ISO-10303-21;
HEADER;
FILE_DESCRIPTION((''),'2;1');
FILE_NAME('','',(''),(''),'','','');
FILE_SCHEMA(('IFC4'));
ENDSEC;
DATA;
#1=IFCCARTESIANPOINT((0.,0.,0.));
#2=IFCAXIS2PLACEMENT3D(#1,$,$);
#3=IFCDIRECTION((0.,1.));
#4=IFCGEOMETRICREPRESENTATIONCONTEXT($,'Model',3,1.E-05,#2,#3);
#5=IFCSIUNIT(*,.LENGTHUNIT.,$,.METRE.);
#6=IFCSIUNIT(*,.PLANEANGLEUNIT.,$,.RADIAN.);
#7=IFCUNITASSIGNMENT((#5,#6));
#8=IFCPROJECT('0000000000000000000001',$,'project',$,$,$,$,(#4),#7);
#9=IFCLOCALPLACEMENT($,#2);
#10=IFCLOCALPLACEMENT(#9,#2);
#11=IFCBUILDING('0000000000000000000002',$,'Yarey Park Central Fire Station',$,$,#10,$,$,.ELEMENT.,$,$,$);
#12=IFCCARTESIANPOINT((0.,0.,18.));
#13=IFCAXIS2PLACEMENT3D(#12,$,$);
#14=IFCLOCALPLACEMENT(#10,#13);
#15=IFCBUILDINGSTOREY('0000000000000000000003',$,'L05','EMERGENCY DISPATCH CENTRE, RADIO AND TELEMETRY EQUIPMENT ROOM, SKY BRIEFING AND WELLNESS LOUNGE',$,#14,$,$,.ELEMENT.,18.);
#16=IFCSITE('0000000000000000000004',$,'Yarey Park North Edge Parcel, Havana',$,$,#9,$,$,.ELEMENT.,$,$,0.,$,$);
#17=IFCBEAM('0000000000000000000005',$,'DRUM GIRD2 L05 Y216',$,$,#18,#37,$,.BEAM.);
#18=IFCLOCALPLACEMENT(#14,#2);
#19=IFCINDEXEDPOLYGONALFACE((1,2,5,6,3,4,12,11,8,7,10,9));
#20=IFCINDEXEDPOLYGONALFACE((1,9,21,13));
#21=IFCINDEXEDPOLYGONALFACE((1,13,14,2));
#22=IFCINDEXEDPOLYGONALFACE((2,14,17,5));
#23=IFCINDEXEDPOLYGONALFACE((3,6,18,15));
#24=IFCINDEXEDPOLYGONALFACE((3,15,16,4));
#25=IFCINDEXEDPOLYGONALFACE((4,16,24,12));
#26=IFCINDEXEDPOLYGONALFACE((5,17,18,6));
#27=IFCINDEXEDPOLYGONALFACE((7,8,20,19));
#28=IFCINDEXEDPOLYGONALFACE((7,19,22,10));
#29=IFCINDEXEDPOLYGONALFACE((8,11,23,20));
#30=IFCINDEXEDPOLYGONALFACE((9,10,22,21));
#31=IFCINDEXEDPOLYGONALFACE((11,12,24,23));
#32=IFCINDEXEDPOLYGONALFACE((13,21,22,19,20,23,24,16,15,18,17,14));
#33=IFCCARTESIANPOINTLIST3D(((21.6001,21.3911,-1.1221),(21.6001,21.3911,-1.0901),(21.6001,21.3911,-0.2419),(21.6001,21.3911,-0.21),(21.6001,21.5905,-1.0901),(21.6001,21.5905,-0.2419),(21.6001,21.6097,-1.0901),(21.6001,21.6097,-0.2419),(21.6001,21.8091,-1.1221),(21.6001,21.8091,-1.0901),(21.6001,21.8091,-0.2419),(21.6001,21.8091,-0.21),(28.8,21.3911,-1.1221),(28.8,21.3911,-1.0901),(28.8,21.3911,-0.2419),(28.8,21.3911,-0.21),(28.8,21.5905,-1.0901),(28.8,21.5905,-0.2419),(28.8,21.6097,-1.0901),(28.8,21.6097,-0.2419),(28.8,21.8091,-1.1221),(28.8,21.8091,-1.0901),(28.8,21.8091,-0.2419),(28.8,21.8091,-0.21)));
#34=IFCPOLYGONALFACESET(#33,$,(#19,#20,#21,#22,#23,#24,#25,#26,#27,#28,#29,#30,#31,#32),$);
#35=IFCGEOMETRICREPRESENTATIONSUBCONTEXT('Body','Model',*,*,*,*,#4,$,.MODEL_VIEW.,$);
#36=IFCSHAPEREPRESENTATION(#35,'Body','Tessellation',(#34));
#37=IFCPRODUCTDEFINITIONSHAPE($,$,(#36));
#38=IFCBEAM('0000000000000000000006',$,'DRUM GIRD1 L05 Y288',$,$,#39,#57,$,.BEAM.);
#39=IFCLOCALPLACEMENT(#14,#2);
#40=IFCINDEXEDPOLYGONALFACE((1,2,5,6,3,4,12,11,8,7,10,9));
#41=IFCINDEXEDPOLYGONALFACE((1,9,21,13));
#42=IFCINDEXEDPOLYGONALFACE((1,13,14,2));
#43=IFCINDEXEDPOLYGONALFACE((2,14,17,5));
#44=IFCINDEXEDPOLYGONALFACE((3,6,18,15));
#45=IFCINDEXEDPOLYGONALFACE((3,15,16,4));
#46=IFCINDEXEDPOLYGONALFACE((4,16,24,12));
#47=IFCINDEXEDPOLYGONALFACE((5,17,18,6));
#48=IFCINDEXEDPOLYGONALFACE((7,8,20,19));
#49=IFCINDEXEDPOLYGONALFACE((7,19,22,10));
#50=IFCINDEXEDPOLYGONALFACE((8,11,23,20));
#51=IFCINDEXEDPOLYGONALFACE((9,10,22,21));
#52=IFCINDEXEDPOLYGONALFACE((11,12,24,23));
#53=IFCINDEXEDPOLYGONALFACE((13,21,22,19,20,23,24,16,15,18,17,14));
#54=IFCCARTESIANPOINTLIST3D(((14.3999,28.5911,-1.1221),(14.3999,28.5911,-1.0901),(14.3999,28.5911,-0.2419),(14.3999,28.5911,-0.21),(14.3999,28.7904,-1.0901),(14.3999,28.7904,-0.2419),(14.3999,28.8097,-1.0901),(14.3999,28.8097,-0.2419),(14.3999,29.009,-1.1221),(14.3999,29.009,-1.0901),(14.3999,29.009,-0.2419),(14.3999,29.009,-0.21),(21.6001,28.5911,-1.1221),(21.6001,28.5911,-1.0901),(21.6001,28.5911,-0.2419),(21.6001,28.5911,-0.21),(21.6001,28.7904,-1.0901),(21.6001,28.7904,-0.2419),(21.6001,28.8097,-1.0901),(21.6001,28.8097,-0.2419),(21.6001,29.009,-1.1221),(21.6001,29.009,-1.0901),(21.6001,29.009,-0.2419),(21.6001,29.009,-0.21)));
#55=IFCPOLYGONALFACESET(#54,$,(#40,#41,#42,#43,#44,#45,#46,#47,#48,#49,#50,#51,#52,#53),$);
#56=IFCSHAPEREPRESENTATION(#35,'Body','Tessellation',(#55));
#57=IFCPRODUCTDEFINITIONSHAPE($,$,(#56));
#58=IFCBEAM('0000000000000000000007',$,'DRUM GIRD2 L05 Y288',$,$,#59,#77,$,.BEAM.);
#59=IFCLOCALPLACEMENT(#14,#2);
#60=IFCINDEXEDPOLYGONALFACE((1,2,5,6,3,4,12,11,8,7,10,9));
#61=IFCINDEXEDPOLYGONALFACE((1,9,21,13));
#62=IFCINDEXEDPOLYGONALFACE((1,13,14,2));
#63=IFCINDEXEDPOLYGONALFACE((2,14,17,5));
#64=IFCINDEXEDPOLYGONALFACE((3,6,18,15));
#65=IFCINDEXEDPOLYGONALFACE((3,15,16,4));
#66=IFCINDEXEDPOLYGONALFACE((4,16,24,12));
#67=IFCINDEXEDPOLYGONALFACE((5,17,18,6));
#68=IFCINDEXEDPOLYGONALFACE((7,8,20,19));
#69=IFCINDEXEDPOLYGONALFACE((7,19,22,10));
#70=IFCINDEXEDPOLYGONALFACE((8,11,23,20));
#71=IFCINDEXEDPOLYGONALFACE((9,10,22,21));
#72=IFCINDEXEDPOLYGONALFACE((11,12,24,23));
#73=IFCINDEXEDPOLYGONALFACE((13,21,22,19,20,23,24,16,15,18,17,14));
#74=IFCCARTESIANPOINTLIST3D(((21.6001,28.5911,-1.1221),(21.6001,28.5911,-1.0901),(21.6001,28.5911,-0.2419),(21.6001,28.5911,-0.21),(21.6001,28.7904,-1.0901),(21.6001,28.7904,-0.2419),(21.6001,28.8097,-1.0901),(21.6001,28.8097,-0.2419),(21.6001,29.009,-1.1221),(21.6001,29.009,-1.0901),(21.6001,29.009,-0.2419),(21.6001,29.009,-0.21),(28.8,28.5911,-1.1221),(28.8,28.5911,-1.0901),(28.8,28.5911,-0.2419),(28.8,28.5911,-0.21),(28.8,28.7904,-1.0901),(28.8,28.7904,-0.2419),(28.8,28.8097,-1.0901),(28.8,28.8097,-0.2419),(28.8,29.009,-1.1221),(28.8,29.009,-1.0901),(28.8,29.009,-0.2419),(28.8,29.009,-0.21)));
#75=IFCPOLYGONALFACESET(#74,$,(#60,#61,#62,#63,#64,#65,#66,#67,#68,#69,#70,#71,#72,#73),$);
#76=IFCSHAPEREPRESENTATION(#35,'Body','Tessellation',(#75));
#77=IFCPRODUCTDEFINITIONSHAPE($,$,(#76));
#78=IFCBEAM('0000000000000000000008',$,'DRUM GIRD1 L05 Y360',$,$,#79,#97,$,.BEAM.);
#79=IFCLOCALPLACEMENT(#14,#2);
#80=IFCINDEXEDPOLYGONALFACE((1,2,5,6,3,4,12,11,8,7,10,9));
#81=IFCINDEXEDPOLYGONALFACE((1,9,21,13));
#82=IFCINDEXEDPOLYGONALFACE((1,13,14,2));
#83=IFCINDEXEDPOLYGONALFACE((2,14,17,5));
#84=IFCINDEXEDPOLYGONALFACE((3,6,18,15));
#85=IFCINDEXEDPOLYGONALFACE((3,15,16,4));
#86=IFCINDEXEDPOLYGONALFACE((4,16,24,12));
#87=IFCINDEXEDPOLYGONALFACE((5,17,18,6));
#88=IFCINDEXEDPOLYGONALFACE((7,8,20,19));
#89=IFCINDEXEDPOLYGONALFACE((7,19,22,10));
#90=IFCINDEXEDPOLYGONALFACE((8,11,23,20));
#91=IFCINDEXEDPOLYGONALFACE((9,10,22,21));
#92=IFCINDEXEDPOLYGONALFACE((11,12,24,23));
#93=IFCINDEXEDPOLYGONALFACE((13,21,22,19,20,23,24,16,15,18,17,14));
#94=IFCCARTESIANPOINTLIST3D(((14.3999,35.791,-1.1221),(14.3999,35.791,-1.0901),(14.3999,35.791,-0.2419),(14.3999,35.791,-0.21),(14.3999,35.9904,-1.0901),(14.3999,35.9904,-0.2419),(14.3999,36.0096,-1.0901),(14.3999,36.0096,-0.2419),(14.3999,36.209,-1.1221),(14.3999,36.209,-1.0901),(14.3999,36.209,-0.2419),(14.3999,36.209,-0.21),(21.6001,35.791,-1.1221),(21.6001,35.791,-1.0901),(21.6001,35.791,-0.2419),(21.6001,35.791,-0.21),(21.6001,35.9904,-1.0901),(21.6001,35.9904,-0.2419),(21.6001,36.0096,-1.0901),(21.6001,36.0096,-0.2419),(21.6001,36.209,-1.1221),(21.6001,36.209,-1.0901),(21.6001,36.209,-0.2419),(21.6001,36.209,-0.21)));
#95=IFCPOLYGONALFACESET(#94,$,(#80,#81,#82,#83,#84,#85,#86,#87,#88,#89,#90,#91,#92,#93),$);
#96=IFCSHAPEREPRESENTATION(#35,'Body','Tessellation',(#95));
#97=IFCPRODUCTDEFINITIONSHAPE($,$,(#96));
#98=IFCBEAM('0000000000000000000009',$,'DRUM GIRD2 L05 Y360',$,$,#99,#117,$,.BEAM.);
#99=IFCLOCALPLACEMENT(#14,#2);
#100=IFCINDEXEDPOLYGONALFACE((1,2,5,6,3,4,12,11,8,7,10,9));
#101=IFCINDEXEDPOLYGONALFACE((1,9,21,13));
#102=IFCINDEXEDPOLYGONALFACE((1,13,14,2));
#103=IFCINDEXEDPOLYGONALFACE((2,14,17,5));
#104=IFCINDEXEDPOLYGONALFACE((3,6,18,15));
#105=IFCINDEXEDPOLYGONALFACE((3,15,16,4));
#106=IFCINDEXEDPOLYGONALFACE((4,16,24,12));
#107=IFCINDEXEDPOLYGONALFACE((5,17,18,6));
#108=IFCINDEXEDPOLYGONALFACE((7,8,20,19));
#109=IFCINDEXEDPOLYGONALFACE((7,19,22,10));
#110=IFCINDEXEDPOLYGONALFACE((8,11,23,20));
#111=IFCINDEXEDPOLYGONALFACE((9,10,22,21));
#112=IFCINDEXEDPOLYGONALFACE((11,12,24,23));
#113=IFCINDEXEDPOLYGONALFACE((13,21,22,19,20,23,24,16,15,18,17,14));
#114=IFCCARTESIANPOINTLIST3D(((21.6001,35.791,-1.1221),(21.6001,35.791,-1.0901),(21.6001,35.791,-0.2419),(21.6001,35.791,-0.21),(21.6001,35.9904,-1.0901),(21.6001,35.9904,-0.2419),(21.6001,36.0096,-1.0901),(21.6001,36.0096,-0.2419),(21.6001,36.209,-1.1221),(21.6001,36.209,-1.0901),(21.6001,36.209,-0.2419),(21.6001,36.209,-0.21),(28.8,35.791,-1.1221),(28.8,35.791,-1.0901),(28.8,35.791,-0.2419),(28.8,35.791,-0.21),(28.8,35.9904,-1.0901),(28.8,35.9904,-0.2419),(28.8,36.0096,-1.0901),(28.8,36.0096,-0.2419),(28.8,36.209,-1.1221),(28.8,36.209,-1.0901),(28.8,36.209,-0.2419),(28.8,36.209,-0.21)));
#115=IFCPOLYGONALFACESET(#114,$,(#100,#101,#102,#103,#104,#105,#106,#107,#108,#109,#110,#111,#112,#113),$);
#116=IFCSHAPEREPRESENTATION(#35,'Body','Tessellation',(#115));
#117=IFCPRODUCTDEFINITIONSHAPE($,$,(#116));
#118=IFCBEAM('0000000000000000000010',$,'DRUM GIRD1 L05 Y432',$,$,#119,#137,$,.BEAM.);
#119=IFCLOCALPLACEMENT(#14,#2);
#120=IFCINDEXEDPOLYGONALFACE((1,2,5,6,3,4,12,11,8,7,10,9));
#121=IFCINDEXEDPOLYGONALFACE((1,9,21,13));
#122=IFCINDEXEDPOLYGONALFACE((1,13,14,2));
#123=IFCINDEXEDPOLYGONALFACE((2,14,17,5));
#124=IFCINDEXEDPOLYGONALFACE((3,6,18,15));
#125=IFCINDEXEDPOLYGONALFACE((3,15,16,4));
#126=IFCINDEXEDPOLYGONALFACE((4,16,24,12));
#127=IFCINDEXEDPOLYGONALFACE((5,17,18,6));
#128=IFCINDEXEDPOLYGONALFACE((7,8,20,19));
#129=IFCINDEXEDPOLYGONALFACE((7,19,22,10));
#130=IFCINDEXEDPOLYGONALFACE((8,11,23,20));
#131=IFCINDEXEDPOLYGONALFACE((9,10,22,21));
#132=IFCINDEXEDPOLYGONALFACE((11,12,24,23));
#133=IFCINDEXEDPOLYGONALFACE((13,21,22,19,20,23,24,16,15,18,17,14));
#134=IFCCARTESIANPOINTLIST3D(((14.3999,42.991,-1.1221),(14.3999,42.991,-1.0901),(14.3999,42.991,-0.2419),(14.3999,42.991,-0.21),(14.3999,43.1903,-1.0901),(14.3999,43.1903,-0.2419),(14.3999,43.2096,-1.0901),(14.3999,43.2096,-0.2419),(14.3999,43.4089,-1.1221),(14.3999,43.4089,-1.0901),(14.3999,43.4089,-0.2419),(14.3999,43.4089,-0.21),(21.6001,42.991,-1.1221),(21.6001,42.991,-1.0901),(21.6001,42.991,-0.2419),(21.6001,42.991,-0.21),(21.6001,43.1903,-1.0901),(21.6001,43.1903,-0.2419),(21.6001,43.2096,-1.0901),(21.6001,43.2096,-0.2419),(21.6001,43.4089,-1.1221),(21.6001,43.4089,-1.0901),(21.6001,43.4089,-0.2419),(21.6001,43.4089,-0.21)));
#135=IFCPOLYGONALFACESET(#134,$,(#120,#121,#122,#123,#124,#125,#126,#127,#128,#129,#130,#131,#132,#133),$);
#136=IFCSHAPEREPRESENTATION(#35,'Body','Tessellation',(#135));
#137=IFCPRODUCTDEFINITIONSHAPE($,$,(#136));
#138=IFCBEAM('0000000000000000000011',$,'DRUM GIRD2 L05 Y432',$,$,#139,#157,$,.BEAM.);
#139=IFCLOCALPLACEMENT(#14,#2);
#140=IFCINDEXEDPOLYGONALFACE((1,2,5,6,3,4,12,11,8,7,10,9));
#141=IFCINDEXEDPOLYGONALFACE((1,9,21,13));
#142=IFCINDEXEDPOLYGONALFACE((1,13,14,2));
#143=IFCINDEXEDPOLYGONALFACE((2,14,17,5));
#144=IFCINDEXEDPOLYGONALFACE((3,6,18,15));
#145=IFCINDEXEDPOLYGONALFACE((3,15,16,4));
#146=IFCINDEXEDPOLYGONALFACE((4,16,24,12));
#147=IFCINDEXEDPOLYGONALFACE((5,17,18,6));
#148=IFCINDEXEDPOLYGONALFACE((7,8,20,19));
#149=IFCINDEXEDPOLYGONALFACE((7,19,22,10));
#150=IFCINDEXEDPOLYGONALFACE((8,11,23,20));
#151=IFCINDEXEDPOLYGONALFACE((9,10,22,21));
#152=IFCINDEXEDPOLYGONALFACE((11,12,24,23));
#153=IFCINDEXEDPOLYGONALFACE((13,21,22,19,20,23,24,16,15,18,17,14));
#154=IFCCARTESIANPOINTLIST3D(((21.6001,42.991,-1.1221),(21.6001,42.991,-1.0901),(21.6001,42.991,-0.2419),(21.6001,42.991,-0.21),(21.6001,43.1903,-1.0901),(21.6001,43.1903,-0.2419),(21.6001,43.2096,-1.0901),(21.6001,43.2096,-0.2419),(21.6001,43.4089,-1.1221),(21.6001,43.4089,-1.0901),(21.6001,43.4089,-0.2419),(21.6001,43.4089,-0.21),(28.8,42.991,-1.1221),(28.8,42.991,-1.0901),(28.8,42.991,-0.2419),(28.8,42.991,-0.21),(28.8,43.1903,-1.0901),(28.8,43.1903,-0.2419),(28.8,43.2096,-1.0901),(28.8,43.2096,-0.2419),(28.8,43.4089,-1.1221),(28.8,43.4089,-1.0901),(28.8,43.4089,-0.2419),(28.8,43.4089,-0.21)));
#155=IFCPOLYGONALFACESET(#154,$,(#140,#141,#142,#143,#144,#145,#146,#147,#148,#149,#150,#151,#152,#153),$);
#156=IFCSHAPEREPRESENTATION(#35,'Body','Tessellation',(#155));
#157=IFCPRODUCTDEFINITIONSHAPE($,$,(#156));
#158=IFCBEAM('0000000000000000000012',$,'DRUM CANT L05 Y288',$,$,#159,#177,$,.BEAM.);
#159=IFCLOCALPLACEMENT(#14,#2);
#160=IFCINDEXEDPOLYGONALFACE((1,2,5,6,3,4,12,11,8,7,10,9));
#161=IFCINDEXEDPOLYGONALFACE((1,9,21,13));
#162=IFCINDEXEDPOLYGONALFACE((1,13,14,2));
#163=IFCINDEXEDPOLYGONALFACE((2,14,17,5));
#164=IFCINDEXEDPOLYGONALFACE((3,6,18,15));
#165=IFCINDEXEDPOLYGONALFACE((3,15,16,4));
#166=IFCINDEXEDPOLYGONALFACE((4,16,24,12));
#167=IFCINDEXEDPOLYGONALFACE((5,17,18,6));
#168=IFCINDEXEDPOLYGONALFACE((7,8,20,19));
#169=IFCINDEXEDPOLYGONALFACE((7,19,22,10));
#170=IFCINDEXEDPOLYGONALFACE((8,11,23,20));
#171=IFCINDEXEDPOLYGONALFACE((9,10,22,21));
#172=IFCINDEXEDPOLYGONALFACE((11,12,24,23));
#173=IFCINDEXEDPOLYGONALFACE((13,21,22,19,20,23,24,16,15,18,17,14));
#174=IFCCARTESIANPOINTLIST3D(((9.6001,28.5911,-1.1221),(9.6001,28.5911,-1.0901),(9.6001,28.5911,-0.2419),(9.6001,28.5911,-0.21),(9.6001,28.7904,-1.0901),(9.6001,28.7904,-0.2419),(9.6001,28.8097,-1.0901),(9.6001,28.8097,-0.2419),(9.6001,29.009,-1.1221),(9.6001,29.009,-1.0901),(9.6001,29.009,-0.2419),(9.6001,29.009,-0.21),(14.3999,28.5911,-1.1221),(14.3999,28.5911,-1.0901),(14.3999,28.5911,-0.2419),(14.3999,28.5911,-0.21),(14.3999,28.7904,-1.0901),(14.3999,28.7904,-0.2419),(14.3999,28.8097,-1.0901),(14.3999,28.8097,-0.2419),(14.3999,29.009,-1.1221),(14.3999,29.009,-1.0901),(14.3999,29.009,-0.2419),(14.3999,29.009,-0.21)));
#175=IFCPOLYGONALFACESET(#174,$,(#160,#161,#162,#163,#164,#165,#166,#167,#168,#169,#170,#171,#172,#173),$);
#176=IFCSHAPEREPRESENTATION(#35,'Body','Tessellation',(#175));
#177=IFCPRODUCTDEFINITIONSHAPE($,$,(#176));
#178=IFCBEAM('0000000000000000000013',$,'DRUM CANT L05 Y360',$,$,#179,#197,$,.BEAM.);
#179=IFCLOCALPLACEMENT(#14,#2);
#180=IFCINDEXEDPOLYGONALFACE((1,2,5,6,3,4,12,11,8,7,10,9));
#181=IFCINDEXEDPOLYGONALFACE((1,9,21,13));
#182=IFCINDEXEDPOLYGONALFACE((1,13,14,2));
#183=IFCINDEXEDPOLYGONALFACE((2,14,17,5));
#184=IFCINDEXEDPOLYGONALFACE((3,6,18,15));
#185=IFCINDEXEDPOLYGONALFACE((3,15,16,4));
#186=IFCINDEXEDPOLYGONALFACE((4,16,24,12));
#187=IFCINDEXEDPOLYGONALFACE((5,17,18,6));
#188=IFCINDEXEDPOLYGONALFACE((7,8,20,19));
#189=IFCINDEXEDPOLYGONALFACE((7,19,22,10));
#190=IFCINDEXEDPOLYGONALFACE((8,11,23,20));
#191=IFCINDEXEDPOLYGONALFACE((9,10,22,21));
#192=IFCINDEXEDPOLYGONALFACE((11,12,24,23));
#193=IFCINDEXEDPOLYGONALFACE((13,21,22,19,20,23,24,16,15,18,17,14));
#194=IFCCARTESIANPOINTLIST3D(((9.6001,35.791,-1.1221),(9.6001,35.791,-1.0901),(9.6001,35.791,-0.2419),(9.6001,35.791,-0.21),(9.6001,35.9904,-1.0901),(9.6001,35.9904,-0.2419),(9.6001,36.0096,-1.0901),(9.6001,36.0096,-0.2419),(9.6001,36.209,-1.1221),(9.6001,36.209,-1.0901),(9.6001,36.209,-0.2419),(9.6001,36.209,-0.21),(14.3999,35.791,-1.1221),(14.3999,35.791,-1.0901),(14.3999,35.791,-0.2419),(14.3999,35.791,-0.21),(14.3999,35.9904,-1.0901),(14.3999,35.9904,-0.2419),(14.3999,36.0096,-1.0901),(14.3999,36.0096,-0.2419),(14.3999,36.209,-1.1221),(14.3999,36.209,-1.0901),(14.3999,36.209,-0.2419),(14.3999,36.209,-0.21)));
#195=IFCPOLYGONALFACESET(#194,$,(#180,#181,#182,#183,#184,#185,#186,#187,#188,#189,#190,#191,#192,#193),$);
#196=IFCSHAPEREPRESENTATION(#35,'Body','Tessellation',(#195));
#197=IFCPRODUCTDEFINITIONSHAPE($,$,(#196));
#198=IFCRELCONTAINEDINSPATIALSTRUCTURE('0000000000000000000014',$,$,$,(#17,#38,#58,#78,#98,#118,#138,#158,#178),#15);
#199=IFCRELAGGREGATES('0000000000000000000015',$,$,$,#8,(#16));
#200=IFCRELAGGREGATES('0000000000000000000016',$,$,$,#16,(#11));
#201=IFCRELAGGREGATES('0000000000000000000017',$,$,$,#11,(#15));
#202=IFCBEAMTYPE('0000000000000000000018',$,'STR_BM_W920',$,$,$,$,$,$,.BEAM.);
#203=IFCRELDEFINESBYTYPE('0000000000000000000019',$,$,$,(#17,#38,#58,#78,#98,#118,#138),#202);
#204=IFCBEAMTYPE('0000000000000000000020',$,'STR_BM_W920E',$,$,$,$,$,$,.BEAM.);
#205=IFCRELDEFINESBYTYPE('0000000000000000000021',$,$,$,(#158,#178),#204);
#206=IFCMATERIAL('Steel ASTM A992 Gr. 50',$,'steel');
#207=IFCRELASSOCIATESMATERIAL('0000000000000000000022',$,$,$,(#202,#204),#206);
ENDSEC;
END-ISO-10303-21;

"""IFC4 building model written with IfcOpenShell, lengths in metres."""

from ifc_helpers import new_model, si_unit, direction, frame, origin, origin_2d, place, context, subcontext, project, spatial, i_section, extrude, material, material_profile, profile_set, type_object, element, save


model = new_model("IFC4")

# Units and contexts
model_context = context("Model", 3, precision=1e-05, world=origin(), true_north=direction((0.0, 1.0)))
body_context = subcontext(model_context, "Body", "Model", "MODEL_VIEW")
ifc_project = project(units=[si_unit("LENGTHUNIT", "METRE"), si_unit("PLANEANGLEUNIT", "RADIAN")], contexts=[model_context])

# Site, building, storey
site_placement = place(None, origin())
site = spatial("IfcSite", under=ifc_project, at=site_placement, Name="Yarey Park North Edge Parcel, Havana", CompositionType="ELEMENT", RefElevation=0.0)
building_placement = place(site_placement, origin())
building = spatial("IfcBuilding", under=site, at=building_placement, Name="Yarey Park Central Fire Station", CompositionType="ELEMENT")
storey_placement = place(building_placement, frame((0.0, 0.0, 18.0)))
storey = spatial("IfcBuildingStorey", under=building, at=storey_placement, Name="L05", Description="EMERGENCY DISPATCH CENTRE, RADIO AND TELEMETRY EQUIPMENT ROOM, SKY BRIEFING AND WELLNESS LOUNGE", CompositionType="ELEMENT", Elevation=18.0)

# Beams
ifc_material_1 = material(Name="Steel ASTM A992 Gr. 50", Category="steel")
ifc_material_profile_1 = material_profile(ifc_material_1, i_section(OverallWidth=0.418, OverallDepth=0.9121, WebThickness=0.0193, FlangeThickness=0.032, at=origin_2d()), Name="W920x342")
ifc_profile_set_1 = profile_set([ifc_material_profile_1], Name="Steel ASTM A992 Gr. 50")
beam_type_1 = type_object("IfcBeamType", Name="STR_BM_W920", PredefinedType="BEAM", material=ifc_profile_set_1)
beam_1_placement = place(storey_placement, frame((21.6001, 21.6001, -0.666), z_axis=(1.0, 0.0, 0.0), x_axis=(0.0, 1.0, 0.0)))
element("IfcBeam", 1, at=beam_1_placement, inside=storey, type_object=beam_type_1, Name="DRUM GIRD2 L05 Y216", PredefinedType="BEAM", context=body_context, shape_type="SweptSolid", body=[
    extrude(i_section(OverallWidth=0.418, OverallDepth=0.9121, WebThickness=0.0193, FlangeThickness=0.032, at=origin_2d()), origin(), (0.0, 0.0, 1.0), 7.2),
])
beam_2_placement = place(storey_placement, frame((14.3999, 28.8, -0.666), z_axis=(1.0, 0.0, 0.0), x_axis=(0.0, 1.0, 0.0)))
element("IfcBeam", 2, at=beam_2_placement, inside=storey, type_object=beam_type_1, Name="DRUM GIRD1 L05 Y288", PredefinedType="BEAM", context=body_context, shape_type="SweptSolid", body=[
    extrude(i_section(OverallWidth=0.418, OverallDepth=0.9121, WebThickness=0.0193, FlangeThickness=0.032, at=origin_2d()), origin(), (0.0, 0.0, 1.0), 7.2002),
])
beam_3_placement = place(storey_placement, frame((21.6001, 28.8, -0.666), z_axis=(1.0, 0.0, 0.0), x_axis=(0.0, 1.0, 0.0)))
element("IfcBeam", 3, at=beam_3_placement, inside=storey, type_object=beam_type_1, Name="DRUM GIRD2 L05 Y288", PredefinedType="BEAM", context=body_context, shape_type="SweptSolid", body=[
    extrude(i_section(OverallWidth=0.418, OverallDepth=0.9121, WebThickness=0.0193, FlangeThickness=0.032, at=origin_2d()), origin(), (0.0, 0.0, 1.0), 7.2),
])
beam_4_placement = place(storey_placement, frame((14.3999, 36.0, -0.666), z_axis=(1.0, 0.0, 0.0), x_axis=(0.0, 1.0, 0.0)))
element("IfcBeam", 4, at=beam_4_placement, inside=storey, type_object=beam_type_1, Name="DRUM GIRD1 L05 Y360", PredefinedType="BEAM", context=body_context, shape_type="SweptSolid", body=[
    extrude(i_section(OverallWidth=0.418, OverallDepth=0.9121, WebThickness=0.0193, FlangeThickness=0.032, at=origin_2d()), origin(), (0.0, 0.0, 1.0), 7.2002),
])
beam_5_placement = place(storey_placement, frame((21.6001, 36.0, -0.666), z_axis=(1.0, 0.0, 0.0), x_axis=(0.0, 1.0, 0.0)))
element("IfcBeam", 5, at=beam_5_placement, inside=storey, type_object=beam_type_1, Name="DRUM GIRD2 L05 Y360", PredefinedType="BEAM", context=body_context, shape_type="SweptSolid", body=[
    extrude(i_section(OverallWidth=0.418, OverallDepth=0.9121, WebThickness=0.0193, FlangeThickness=0.032, at=origin_2d()), origin(), (0.0, 0.0, 1.0), 7.2),
])
beam_6_placement = place(storey_placement, frame((14.3999, 43.2, -0.666), z_axis=(1.0, 0.0, 0.0), x_axis=(0.0, 1.0, 0.0)))
element("IfcBeam", 6, at=beam_6_placement, inside=storey, type_object=beam_type_1, Name="DRUM GIRD1 L05 Y432", PredefinedType="BEAM", context=body_context, shape_type="SweptSolid", body=[
    extrude(i_section(OverallWidth=0.418, OverallDepth=0.9121, WebThickness=0.0193, FlangeThickness=0.032, at=origin_2d()), origin(), (0.0, 0.0, 1.0), 7.2002),
])
beam_7_placement = place(storey_placement, frame((21.6001, 43.2, -0.666), z_axis=(1.0, 0.0, 0.0), x_axis=(0.0, 1.0, 0.0)))
element("IfcBeam", 7, at=beam_7_placement, inside=storey, type_object=beam_type_1, Name="DRUM GIRD2 L05 Y432", PredefinedType="BEAM", context=body_context, shape_type="SweptSolid", body=[
    extrude(i_section(OverallWidth=0.418, OverallDepth=0.9121, WebThickness=0.0193, FlangeThickness=0.032, at=origin_2d()), origin(), (0.0, 0.0, 1.0), 7.2),
])
ifc_material_profile_2 = material_profile(ifc_material_1, i_section(OverallWidth=0.418, OverallDepth=0.9121, WebThickness=0.0193, FlangeThickness=0.032, at=origin_2d()), Name="W920x342")
ifc_profile_set_2 = profile_set([ifc_material_profile_2], Name="Steel ASTM A992 Gr. 50")
beam_type_2 = type_object("IfcBeamType", Name="STR_BM_W920E", PredefinedType="BEAM", material=ifc_profile_set_2)
for number, where, z_axis, x_axis, name in (
    (8, (9.6001, 28.8, -0.666), (1.0, 0.0, 0.0), (0.0, 1.0, 0.0), "DRUM CANT L05 Y288"),
    (9, (9.6001, 36.0, -0.666), (1.0, 0.0, 0.0), (0.0, 1.0, 0.0), "DRUM CANT L05 Y360"),
):
    element("IfcBeam", number, at=place(storey_placement, frame(where, z_axis=z_axis, x_axis=x_axis)), inside=storey, type_object=beam_type_2, Name=name, PredefinedType="BEAM", context=body_context, shape_type="SweptSolid", body=[
        extrude(i_section(OverallWidth=0.418, OverallDepth=0.9121, WebThickness=0.0193, FlangeThickness=0.032, at=origin_2d()), origin(), (0.0, 0.0, 1.0), 4.7998),
    ])

save(model, "model.ifc")
